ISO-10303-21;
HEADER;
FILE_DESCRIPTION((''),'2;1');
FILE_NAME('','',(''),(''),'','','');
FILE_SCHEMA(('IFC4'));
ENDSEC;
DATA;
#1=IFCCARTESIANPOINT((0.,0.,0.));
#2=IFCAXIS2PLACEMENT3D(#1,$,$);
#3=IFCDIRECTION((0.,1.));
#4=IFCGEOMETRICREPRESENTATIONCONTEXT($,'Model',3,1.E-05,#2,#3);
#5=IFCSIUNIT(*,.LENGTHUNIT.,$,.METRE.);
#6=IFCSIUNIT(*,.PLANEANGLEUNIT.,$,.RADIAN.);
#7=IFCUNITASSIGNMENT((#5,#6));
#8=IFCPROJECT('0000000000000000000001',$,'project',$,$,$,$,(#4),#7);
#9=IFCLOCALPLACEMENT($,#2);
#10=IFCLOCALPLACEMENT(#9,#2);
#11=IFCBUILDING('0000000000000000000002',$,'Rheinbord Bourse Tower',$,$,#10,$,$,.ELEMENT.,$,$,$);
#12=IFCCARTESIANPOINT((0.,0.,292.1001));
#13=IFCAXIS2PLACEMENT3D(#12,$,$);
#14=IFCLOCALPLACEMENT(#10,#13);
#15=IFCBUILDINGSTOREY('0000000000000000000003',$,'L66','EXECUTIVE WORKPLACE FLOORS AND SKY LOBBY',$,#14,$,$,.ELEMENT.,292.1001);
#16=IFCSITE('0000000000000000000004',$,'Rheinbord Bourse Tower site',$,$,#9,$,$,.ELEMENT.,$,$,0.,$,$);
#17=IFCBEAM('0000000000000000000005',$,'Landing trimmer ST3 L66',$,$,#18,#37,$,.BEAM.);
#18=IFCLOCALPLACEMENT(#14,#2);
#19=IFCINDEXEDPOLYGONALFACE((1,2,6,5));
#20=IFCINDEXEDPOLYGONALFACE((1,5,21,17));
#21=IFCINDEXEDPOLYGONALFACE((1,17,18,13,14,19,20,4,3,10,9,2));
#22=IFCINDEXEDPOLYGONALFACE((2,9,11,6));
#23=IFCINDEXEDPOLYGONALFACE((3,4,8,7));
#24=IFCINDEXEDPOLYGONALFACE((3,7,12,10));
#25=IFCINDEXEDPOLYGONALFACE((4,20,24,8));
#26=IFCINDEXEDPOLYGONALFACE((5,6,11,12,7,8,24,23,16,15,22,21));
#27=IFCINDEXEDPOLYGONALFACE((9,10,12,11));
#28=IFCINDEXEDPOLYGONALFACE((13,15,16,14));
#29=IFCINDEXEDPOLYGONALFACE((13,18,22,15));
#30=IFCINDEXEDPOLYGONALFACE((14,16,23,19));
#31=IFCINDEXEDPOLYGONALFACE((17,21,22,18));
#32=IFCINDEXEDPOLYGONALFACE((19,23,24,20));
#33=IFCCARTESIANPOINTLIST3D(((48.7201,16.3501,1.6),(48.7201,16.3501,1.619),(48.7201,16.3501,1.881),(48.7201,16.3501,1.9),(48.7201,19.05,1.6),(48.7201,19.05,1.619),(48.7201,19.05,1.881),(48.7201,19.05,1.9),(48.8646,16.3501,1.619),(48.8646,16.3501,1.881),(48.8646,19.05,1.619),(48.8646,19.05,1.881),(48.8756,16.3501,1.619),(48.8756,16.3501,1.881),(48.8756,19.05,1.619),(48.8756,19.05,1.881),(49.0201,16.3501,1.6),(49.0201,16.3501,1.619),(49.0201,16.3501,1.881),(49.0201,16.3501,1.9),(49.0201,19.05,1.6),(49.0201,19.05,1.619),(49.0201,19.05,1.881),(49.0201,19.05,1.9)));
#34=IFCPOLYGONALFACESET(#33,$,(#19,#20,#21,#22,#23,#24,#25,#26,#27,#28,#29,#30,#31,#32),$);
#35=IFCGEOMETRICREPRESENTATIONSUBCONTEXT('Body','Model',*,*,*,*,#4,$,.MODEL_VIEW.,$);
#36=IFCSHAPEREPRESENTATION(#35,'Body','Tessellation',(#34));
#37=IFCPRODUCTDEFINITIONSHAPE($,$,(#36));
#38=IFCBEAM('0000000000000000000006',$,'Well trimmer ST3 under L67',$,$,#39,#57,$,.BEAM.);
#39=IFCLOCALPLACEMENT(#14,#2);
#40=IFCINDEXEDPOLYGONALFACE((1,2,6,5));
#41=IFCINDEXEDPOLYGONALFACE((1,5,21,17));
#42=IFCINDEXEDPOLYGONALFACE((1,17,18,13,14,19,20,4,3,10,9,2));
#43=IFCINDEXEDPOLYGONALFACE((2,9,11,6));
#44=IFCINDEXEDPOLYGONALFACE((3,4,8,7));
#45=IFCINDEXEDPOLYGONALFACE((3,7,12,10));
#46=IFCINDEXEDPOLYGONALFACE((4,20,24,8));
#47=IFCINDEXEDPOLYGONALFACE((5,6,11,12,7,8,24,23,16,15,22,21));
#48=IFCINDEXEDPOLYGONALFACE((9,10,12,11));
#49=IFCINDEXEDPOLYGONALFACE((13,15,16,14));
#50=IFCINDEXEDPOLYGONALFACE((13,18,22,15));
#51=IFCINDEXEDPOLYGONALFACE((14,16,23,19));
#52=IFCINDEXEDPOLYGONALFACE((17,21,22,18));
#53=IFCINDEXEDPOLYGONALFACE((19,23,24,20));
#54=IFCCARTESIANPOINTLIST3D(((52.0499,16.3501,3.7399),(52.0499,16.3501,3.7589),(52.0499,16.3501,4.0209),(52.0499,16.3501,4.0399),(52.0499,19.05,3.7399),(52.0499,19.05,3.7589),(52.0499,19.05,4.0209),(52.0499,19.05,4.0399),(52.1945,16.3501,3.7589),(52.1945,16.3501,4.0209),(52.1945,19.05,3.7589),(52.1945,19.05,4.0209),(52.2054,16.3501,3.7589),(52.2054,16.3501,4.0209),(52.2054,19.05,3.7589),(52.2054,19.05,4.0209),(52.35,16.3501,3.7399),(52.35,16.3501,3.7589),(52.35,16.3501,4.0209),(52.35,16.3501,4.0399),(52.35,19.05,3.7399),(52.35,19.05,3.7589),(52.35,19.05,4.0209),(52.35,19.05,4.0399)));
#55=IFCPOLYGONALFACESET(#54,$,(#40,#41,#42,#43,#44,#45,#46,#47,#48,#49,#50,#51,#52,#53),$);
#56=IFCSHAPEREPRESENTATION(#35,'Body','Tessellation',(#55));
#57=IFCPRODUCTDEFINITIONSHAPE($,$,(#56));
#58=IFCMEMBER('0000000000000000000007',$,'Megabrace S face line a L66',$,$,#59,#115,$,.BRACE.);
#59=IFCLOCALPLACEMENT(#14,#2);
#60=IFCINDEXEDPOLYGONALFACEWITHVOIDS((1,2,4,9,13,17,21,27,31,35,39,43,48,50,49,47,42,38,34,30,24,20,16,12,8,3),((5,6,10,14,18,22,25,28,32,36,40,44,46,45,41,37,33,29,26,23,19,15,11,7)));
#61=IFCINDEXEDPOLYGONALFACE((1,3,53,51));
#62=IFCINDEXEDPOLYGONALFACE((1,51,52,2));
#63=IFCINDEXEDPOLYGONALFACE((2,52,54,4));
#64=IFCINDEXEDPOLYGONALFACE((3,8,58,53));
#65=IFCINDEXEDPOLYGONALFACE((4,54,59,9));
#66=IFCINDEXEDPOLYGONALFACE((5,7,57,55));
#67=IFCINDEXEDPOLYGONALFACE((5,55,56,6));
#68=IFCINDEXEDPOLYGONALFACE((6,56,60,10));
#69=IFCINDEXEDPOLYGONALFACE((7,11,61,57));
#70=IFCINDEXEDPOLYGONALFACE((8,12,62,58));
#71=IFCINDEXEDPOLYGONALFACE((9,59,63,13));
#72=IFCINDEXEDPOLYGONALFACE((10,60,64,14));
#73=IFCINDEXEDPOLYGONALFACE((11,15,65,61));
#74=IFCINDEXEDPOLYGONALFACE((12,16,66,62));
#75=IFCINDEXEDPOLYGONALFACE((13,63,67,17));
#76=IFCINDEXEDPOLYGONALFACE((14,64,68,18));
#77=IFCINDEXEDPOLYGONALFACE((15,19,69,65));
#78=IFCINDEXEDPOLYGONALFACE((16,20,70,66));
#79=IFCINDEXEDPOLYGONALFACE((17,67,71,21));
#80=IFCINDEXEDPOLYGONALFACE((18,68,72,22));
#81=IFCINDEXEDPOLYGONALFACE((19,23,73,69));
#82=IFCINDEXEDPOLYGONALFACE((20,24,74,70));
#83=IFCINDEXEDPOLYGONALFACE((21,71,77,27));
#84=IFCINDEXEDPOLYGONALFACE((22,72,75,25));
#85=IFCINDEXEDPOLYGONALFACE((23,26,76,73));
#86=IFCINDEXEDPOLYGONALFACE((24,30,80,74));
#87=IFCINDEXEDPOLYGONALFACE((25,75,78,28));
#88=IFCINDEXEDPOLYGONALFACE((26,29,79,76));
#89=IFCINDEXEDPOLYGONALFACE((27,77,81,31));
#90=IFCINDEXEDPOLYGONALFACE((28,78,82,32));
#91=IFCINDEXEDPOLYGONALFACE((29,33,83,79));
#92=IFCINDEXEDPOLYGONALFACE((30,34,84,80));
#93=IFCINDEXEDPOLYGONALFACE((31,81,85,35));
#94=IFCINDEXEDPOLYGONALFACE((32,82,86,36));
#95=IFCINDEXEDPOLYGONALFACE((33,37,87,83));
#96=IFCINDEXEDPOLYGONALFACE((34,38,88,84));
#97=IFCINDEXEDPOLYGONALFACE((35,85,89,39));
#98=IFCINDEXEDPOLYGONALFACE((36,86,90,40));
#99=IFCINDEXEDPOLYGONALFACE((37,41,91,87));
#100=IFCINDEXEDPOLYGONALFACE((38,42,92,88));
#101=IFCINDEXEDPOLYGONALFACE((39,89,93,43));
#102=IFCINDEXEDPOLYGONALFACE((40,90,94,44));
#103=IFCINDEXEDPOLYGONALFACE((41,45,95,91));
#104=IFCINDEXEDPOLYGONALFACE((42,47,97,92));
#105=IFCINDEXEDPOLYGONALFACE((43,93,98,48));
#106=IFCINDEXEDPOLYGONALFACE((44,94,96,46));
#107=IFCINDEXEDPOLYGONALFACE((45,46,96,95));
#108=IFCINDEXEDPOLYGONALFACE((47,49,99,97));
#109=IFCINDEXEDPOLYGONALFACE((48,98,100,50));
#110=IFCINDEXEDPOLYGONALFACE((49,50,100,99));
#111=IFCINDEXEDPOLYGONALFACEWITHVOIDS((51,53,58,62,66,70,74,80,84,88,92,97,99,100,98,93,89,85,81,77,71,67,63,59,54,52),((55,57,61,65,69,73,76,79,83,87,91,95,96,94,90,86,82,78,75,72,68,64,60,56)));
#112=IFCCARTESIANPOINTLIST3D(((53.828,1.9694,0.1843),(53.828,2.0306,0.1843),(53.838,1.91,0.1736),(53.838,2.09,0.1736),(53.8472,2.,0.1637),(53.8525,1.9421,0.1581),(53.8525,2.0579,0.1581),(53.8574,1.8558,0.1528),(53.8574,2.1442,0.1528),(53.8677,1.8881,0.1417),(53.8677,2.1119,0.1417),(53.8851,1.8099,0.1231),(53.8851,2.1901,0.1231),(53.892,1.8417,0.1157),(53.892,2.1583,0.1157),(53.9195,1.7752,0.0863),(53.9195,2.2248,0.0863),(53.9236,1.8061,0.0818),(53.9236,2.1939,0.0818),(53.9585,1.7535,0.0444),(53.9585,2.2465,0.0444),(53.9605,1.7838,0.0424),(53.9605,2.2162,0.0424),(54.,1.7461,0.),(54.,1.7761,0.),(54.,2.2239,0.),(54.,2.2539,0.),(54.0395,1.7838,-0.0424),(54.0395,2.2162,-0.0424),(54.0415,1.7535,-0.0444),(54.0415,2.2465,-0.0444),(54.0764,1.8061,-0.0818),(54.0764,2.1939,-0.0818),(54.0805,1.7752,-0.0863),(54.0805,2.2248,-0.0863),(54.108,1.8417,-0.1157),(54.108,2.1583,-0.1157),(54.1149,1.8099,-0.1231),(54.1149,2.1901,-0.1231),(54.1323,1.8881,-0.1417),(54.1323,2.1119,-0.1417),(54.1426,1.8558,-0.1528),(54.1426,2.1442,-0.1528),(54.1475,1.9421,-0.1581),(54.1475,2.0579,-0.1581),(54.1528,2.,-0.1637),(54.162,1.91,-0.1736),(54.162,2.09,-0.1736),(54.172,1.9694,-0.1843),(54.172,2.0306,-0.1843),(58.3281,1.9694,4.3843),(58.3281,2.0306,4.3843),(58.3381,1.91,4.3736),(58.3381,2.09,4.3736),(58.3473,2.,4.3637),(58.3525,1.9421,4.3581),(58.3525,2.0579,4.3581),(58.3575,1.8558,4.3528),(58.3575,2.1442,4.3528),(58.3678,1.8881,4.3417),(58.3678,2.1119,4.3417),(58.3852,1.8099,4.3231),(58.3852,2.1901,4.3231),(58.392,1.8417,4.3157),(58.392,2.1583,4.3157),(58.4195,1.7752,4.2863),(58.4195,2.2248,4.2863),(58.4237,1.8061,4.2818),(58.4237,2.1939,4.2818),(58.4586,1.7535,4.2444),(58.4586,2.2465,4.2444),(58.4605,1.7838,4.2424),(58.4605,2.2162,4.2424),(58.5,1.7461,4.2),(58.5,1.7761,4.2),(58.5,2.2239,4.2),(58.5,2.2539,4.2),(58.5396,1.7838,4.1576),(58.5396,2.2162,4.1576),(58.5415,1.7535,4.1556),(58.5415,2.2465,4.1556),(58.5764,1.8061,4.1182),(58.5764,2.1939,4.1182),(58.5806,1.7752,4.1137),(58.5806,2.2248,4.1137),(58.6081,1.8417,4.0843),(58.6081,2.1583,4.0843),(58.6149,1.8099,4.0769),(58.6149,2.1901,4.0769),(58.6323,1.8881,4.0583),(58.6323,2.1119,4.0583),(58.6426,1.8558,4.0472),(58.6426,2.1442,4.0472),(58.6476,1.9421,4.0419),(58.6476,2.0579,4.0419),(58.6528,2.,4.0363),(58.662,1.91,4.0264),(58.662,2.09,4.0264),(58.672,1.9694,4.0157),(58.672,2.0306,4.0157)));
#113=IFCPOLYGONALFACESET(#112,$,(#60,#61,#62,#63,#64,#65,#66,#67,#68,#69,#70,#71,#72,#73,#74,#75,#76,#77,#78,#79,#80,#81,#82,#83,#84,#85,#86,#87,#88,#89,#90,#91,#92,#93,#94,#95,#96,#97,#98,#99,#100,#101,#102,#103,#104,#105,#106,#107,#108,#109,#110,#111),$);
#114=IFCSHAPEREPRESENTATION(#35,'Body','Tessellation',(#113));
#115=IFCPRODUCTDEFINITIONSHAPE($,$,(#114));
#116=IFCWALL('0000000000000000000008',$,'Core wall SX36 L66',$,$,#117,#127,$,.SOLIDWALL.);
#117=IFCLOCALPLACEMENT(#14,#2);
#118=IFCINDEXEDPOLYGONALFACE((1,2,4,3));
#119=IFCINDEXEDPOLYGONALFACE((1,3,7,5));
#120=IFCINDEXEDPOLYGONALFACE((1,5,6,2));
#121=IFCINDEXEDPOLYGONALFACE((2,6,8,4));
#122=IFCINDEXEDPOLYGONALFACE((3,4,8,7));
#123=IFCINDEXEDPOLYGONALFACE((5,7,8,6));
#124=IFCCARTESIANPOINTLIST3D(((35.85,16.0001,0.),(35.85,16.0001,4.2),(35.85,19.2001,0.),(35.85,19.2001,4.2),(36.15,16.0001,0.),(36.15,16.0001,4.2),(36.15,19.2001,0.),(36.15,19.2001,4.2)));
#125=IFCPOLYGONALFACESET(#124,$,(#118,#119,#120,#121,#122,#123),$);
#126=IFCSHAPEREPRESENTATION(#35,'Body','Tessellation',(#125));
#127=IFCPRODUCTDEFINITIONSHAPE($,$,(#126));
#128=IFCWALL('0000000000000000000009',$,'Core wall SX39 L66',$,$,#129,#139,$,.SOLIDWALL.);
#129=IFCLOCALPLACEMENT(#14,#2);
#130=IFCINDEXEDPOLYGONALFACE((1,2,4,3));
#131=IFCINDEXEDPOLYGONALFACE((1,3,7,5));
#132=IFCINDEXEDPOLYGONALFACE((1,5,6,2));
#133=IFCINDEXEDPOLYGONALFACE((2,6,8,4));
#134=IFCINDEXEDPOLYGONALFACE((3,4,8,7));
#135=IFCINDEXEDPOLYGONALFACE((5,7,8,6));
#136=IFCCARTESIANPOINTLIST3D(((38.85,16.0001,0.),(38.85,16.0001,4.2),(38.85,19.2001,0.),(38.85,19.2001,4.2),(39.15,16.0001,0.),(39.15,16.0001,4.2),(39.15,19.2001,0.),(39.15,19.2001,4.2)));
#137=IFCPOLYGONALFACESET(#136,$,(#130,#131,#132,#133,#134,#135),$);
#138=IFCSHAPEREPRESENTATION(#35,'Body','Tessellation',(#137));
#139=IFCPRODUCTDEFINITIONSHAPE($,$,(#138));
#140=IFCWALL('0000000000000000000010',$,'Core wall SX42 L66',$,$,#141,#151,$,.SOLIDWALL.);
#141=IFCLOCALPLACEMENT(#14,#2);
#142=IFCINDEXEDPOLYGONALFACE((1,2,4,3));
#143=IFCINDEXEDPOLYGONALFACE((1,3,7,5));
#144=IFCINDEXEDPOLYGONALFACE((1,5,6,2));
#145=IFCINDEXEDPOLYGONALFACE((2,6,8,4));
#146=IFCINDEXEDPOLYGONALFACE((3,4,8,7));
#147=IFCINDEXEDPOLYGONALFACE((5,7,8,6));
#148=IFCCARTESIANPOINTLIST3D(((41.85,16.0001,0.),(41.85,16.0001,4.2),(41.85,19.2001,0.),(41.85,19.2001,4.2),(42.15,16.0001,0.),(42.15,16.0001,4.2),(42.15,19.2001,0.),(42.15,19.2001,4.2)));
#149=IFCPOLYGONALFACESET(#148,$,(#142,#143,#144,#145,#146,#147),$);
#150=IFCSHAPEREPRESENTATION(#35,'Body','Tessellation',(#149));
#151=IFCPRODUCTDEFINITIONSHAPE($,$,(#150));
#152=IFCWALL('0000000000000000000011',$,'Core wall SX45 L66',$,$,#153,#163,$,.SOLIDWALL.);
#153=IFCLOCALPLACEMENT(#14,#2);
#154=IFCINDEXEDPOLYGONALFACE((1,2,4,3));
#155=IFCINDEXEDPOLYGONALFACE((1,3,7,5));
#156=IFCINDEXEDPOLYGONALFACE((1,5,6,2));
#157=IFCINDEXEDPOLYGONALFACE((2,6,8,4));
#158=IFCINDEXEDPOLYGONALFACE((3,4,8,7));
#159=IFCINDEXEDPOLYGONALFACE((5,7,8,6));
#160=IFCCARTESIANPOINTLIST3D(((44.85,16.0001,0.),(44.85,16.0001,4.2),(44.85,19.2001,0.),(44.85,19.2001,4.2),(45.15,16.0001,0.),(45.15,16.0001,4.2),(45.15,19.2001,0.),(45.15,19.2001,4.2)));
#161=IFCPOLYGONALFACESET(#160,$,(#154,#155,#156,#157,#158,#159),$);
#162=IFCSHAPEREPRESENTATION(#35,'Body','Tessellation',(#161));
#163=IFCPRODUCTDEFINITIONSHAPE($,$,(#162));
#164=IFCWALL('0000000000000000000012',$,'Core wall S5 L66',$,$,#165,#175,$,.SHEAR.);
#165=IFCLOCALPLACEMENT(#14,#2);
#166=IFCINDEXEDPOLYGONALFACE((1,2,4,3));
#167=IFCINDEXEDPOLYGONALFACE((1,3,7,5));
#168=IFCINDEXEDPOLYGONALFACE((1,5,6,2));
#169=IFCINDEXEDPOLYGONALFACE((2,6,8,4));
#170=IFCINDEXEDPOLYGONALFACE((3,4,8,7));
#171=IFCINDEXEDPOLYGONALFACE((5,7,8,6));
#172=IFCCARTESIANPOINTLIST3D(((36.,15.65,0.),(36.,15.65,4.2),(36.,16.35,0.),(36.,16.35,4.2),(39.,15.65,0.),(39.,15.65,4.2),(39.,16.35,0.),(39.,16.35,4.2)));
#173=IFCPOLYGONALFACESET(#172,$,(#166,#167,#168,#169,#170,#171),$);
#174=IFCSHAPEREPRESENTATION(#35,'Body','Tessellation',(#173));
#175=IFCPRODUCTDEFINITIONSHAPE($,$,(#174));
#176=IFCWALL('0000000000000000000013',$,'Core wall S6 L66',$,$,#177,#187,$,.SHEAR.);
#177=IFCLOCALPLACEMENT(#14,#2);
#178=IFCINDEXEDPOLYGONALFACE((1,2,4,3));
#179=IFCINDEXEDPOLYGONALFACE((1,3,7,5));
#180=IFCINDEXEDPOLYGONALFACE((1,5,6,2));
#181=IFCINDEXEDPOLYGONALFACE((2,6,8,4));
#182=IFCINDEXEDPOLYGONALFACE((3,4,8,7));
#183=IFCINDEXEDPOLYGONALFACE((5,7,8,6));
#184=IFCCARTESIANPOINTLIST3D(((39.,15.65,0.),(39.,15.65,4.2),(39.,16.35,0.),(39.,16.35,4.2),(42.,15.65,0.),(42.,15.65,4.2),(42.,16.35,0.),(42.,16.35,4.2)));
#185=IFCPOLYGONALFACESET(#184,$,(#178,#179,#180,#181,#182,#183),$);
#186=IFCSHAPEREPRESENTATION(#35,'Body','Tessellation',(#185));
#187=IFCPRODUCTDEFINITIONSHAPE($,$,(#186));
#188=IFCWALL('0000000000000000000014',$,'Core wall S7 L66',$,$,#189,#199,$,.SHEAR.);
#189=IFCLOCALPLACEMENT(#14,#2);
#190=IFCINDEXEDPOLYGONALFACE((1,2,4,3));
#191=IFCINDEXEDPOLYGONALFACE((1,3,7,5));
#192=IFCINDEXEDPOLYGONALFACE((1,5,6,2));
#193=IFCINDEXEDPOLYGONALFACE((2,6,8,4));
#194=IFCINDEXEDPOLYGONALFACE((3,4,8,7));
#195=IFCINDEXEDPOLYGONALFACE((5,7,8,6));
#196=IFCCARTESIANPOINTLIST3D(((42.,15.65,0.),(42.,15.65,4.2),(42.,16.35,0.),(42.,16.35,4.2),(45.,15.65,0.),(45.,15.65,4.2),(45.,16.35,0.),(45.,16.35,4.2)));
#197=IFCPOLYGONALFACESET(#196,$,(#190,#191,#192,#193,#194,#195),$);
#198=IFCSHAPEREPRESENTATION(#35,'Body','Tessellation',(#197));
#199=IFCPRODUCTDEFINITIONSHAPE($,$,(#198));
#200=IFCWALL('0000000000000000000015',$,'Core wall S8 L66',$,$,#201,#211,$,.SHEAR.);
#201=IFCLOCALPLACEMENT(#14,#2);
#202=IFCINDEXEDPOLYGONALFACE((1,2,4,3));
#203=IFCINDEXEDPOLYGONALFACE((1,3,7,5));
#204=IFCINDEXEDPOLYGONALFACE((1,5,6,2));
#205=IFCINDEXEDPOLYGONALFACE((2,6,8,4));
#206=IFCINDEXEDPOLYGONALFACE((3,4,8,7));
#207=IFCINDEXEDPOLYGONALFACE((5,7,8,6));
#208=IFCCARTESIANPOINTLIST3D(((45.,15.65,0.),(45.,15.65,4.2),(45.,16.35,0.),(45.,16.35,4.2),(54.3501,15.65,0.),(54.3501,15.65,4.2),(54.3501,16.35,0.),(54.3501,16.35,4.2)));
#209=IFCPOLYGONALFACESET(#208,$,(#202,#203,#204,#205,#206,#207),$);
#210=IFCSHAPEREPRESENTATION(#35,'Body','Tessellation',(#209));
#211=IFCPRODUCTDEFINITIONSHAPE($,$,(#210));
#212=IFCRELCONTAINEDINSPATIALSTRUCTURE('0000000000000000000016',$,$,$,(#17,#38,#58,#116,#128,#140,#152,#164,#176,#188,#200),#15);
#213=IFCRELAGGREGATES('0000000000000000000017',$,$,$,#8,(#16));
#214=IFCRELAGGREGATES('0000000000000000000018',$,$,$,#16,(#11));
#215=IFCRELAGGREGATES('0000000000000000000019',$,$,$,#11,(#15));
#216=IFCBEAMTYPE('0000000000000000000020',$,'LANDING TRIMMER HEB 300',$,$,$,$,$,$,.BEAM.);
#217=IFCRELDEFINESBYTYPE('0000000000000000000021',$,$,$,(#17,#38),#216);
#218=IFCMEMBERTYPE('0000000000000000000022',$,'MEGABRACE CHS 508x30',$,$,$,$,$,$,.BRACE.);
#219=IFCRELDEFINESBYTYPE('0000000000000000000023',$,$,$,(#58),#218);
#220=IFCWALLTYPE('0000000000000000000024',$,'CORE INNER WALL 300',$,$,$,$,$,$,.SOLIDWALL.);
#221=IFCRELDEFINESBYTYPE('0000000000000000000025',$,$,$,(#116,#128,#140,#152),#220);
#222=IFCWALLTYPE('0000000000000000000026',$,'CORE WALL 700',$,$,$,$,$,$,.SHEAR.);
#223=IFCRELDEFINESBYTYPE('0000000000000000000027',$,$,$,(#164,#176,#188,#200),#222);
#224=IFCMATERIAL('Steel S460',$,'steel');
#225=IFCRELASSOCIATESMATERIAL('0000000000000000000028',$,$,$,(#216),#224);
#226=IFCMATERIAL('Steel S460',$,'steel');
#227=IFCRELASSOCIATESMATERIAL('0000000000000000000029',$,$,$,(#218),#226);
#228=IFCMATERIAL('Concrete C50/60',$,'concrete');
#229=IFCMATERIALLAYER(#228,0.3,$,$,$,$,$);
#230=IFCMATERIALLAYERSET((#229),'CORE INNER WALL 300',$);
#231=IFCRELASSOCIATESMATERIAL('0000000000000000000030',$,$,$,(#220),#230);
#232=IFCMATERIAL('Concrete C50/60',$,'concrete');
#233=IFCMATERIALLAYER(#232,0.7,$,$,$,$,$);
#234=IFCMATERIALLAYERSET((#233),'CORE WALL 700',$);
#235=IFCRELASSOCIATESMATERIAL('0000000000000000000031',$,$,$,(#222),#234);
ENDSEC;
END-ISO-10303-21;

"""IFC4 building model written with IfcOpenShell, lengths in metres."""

from ifc_helpers import new_model, si_unit, direction, frame, frame_2d, origin, origin_2d, place, context, subcontext, project, spatial, rectangle, hollow_circle, i_section, extrude, material, layer, layer_set, material_profile, profile_set, type_object, element, save


model = new_model("IFC4")

# Units and contexts
model_context = context("Model", 3, precision=1e-05, world=origin(), true_north=direction((0.0, 1.0)))
body_context = subcontext(model_context, "Body", "Model", "MODEL_VIEW")
ifc_project = project(units=[si_unit("LENGTHUNIT", "METRE"), si_unit("PLANEANGLEUNIT", "RADIAN")], contexts=[model_context])

# Site, building, storey
site_placement = place(None, origin())
site = spatial("IfcSite", under=ifc_project, at=site_placement, Name="Rheinbord Bourse Tower site", CompositionType="ELEMENT", RefElevation=0.0)
building_placement = place(site_placement, origin())
building = spatial("IfcBuilding", under=site, at=building_placement, Name="Rheinbord Bourse Tower", CompositionType="ELEMENT")
storey_placement = place(building_placement, frame((0.0, 0.0, 292.1001)))
storey = spatial("IfcBuildingStorey", under=building, at=storey_placement, Name="L66", Description="EXECUTIVE WORKPLACE FLOORS AND SKY LOBBY", CompositionType="ELEMENT", Elevation=292.1001)

# Beams
ifc_material_1 = material(Name="Steel S460", Category="steel")
ifc_material_profile_1 = material_profile(ifc_material_1, i_section(OverallWidth=0.3, OverallDepth=0.3, WebThickness=0.011, FlangeThickness=0.019, at=origin_2d()), Name="HEB 300")
ifc_profile_set_1 = profile_set([ifc_material_profile_1], Name="Steel S460")
beam_type = type_object("IfcBeamType", Name="LANDING TRIMMER HEB 300", PredefinedType="BEAM", material=ifc_profile_set_1)
for number, where, z_axis, x_axis, name in (
    (1, (48.8701, 16.3501, 1.75), (0.0, 1.0, 0.0), (-1.0, 0.0, 0.0), "Landing trimmer ST3 L66"),
    (2, (52.2, 16.3501, 3.8899), (0.0, 1.0, 0.0), (-1.0, 0.0, 0.0), "Well trimmer ST3 under L67"),
):
    element("IfcBeam", number, at=place(storey_placement, frame(where, z_axis=z_axis, x_axis=x_axis)), inside=storey, type_object=beam_type, Name=name, PredefinedType="BEAM", context=body_context, shape_type="SweptSolid", body=[
        extrude(i_section(OverallWidth=0.3, OverallDepth=0.3, WebThickness=0.011, FlangeThickness=0.019, at=origin_2d()), origin(), (0.0, 0.0, 1.0), 2.7),
    ])

# Member
ifc_material_2 = material(Name="Steel S460", Category="steel")
ifc_material_profile_2 = material_profile(ifc_material_2, hollow_circle(Radius=0.2539, WallThickness=0.03, at=origin_2d()), Name="CHS 508x30")
ifc_profile_set_2 = profile_set([ifc_material_profile_2], Name="Steel S460")
member_type = type_object("IfcMemberType", Name="MEGABRACE CHS 508x30", PredefinedType="BRACE", material=ifc_profile_set_2)
member_placement = place(storey_placement, frame((54.0, 2.0, 0.0), z_axis=(0.731059, 0.0, 0.682314), x_axis=(0.0, 1.0, 0.0)))
element("IfcMember", 3, at=member_placement, inside=storey, type_object=member_type, Name="Megabrace S face line a L66", PredefinedType="BRACE", context=body_context, shape_type="SweptSolid", body=[
    extrude(hollow_circle(Radius=0.2539, WallThickness=0.03, at=origin_2d()), origin(), (0.0, 0.0, 1.0), 6.1555),
])

# Walls
ifc_material_3 = material(Name="Concrete C50/60", Category="concrete")
ifc_layer_1 = layer(ifc_material_3, 0.3)
ifc_layer_set_1 = layer_set([ifc_layer_1], Name="CORE INNER WALL 300")
wall_type_1 = type_object("IfcWallType", Name="CORE INNER WALL 300", PredefinedType="SOLIDWALL", material=ifc_layer_set_1)
for number, where, z_axis, x_axis, name in (
    (4, (36.0, 16.0, 0.0), (0.0, 0.0, 1.0), (0.0, 1.0, 0.0), "Core wall SX36 L66"),
    (5, (39.0, 16.0, 0.0), (0.0, 0.0, 1.0), (0.0, 1.0, 0.0), "Core wall SX39 L66"),
    (6, (42.0, 16.0, 0.0), (0.0, 0.0, 1.0), (0.0, 1.0, 0.0), "Core wall SX42 L66"),
    (7, (45.0, 16.0, 0.0), (0.0, 0.0, 1.0), (0.0, 1.0, 0.0), "Core wall SX45 L66"),
):
    element("IfcWall", number, at=place(storey_placement, frame(where, z_axis=z_axis, x_axis=x_axis)), inside=storey, type_object=wall_type_1, Name=name, PredefinedType="SOLIDWALL", context=body_context, shape_type="SweptSolid", body=[
        extrude(rectangle(XDim=3.2, YDim=0.3, at=frame_2d((1.6001, 0.0))), origin(), (0.0, 0.0, 1.0), 4.2),
    ])
ifc_material_4 = material(Name="Concrete C50/60", Category="concrete")
ifc_layer_2 = layer(ifc_material_4, 0.7)
ifc_layer_set_2 = layer_set([ifc_layer_2], Name="CORE WALL 700")
wall_type_2 = type_object("IfcWallType", Name="CORE WALL 700", PredefinedType="SHEAR", material=ifc_layer_set_2)
for number, where, z_axis, x_axis, name in (
    (8, (36.0, 16.0, 0.0), (0.0, 0.0, 1.0), (1.0, 0.0, 0.0), "Core wall S5 L66"),
    (9, (39.0, 16.0, 0.0), (0.0, 0.0, 1.0), (1.0, 0.0, 0.0), "Core wall S6 L66"),
    (10, (42.0, 16.0, 0.0), (0.0, 0.0, 1.0), (1.0, 0.0, 0.0), "Core wall S7 L66"),
):
    element("IfcWall", number, at=place(storey_placement, frame(where, z_axis=z_axis, x_axis=x_axis)), inside=storey, type_object=wall_type_2, Name=name, PredefinedType="SHEAR", context=body_context, shape_type="SweptSolid", body=[
        extrude(rectangle(XDim=3.0, YDim=0.7, at=frame_2d((1.5, 0.0))), origin(), (0.0, 0.0, 1.0), 4.2),
    ])
wall_placement = place(storey_placement, frame((45.0, 16.0, 0.0), z_axis=(0.0, 0.0, 1.0), x_axis=(1.0, 0.0, 0.0)))
element("IfcWall", 11, at=wall_placement, inside=storey, type_object=wall_type_2, Name="Core wall S8 L66", PredefinedType="SHEAR", context=body_context, shape_type="SweptSolid", body=[
    extrude(rectangle(XDim=9.3501, YDim=0.7, at=frame_2d((4.675, 0.0))), origin(), (0.0, 0.0, 1.0), 4.2),
])

save(model, "model.ifc")
